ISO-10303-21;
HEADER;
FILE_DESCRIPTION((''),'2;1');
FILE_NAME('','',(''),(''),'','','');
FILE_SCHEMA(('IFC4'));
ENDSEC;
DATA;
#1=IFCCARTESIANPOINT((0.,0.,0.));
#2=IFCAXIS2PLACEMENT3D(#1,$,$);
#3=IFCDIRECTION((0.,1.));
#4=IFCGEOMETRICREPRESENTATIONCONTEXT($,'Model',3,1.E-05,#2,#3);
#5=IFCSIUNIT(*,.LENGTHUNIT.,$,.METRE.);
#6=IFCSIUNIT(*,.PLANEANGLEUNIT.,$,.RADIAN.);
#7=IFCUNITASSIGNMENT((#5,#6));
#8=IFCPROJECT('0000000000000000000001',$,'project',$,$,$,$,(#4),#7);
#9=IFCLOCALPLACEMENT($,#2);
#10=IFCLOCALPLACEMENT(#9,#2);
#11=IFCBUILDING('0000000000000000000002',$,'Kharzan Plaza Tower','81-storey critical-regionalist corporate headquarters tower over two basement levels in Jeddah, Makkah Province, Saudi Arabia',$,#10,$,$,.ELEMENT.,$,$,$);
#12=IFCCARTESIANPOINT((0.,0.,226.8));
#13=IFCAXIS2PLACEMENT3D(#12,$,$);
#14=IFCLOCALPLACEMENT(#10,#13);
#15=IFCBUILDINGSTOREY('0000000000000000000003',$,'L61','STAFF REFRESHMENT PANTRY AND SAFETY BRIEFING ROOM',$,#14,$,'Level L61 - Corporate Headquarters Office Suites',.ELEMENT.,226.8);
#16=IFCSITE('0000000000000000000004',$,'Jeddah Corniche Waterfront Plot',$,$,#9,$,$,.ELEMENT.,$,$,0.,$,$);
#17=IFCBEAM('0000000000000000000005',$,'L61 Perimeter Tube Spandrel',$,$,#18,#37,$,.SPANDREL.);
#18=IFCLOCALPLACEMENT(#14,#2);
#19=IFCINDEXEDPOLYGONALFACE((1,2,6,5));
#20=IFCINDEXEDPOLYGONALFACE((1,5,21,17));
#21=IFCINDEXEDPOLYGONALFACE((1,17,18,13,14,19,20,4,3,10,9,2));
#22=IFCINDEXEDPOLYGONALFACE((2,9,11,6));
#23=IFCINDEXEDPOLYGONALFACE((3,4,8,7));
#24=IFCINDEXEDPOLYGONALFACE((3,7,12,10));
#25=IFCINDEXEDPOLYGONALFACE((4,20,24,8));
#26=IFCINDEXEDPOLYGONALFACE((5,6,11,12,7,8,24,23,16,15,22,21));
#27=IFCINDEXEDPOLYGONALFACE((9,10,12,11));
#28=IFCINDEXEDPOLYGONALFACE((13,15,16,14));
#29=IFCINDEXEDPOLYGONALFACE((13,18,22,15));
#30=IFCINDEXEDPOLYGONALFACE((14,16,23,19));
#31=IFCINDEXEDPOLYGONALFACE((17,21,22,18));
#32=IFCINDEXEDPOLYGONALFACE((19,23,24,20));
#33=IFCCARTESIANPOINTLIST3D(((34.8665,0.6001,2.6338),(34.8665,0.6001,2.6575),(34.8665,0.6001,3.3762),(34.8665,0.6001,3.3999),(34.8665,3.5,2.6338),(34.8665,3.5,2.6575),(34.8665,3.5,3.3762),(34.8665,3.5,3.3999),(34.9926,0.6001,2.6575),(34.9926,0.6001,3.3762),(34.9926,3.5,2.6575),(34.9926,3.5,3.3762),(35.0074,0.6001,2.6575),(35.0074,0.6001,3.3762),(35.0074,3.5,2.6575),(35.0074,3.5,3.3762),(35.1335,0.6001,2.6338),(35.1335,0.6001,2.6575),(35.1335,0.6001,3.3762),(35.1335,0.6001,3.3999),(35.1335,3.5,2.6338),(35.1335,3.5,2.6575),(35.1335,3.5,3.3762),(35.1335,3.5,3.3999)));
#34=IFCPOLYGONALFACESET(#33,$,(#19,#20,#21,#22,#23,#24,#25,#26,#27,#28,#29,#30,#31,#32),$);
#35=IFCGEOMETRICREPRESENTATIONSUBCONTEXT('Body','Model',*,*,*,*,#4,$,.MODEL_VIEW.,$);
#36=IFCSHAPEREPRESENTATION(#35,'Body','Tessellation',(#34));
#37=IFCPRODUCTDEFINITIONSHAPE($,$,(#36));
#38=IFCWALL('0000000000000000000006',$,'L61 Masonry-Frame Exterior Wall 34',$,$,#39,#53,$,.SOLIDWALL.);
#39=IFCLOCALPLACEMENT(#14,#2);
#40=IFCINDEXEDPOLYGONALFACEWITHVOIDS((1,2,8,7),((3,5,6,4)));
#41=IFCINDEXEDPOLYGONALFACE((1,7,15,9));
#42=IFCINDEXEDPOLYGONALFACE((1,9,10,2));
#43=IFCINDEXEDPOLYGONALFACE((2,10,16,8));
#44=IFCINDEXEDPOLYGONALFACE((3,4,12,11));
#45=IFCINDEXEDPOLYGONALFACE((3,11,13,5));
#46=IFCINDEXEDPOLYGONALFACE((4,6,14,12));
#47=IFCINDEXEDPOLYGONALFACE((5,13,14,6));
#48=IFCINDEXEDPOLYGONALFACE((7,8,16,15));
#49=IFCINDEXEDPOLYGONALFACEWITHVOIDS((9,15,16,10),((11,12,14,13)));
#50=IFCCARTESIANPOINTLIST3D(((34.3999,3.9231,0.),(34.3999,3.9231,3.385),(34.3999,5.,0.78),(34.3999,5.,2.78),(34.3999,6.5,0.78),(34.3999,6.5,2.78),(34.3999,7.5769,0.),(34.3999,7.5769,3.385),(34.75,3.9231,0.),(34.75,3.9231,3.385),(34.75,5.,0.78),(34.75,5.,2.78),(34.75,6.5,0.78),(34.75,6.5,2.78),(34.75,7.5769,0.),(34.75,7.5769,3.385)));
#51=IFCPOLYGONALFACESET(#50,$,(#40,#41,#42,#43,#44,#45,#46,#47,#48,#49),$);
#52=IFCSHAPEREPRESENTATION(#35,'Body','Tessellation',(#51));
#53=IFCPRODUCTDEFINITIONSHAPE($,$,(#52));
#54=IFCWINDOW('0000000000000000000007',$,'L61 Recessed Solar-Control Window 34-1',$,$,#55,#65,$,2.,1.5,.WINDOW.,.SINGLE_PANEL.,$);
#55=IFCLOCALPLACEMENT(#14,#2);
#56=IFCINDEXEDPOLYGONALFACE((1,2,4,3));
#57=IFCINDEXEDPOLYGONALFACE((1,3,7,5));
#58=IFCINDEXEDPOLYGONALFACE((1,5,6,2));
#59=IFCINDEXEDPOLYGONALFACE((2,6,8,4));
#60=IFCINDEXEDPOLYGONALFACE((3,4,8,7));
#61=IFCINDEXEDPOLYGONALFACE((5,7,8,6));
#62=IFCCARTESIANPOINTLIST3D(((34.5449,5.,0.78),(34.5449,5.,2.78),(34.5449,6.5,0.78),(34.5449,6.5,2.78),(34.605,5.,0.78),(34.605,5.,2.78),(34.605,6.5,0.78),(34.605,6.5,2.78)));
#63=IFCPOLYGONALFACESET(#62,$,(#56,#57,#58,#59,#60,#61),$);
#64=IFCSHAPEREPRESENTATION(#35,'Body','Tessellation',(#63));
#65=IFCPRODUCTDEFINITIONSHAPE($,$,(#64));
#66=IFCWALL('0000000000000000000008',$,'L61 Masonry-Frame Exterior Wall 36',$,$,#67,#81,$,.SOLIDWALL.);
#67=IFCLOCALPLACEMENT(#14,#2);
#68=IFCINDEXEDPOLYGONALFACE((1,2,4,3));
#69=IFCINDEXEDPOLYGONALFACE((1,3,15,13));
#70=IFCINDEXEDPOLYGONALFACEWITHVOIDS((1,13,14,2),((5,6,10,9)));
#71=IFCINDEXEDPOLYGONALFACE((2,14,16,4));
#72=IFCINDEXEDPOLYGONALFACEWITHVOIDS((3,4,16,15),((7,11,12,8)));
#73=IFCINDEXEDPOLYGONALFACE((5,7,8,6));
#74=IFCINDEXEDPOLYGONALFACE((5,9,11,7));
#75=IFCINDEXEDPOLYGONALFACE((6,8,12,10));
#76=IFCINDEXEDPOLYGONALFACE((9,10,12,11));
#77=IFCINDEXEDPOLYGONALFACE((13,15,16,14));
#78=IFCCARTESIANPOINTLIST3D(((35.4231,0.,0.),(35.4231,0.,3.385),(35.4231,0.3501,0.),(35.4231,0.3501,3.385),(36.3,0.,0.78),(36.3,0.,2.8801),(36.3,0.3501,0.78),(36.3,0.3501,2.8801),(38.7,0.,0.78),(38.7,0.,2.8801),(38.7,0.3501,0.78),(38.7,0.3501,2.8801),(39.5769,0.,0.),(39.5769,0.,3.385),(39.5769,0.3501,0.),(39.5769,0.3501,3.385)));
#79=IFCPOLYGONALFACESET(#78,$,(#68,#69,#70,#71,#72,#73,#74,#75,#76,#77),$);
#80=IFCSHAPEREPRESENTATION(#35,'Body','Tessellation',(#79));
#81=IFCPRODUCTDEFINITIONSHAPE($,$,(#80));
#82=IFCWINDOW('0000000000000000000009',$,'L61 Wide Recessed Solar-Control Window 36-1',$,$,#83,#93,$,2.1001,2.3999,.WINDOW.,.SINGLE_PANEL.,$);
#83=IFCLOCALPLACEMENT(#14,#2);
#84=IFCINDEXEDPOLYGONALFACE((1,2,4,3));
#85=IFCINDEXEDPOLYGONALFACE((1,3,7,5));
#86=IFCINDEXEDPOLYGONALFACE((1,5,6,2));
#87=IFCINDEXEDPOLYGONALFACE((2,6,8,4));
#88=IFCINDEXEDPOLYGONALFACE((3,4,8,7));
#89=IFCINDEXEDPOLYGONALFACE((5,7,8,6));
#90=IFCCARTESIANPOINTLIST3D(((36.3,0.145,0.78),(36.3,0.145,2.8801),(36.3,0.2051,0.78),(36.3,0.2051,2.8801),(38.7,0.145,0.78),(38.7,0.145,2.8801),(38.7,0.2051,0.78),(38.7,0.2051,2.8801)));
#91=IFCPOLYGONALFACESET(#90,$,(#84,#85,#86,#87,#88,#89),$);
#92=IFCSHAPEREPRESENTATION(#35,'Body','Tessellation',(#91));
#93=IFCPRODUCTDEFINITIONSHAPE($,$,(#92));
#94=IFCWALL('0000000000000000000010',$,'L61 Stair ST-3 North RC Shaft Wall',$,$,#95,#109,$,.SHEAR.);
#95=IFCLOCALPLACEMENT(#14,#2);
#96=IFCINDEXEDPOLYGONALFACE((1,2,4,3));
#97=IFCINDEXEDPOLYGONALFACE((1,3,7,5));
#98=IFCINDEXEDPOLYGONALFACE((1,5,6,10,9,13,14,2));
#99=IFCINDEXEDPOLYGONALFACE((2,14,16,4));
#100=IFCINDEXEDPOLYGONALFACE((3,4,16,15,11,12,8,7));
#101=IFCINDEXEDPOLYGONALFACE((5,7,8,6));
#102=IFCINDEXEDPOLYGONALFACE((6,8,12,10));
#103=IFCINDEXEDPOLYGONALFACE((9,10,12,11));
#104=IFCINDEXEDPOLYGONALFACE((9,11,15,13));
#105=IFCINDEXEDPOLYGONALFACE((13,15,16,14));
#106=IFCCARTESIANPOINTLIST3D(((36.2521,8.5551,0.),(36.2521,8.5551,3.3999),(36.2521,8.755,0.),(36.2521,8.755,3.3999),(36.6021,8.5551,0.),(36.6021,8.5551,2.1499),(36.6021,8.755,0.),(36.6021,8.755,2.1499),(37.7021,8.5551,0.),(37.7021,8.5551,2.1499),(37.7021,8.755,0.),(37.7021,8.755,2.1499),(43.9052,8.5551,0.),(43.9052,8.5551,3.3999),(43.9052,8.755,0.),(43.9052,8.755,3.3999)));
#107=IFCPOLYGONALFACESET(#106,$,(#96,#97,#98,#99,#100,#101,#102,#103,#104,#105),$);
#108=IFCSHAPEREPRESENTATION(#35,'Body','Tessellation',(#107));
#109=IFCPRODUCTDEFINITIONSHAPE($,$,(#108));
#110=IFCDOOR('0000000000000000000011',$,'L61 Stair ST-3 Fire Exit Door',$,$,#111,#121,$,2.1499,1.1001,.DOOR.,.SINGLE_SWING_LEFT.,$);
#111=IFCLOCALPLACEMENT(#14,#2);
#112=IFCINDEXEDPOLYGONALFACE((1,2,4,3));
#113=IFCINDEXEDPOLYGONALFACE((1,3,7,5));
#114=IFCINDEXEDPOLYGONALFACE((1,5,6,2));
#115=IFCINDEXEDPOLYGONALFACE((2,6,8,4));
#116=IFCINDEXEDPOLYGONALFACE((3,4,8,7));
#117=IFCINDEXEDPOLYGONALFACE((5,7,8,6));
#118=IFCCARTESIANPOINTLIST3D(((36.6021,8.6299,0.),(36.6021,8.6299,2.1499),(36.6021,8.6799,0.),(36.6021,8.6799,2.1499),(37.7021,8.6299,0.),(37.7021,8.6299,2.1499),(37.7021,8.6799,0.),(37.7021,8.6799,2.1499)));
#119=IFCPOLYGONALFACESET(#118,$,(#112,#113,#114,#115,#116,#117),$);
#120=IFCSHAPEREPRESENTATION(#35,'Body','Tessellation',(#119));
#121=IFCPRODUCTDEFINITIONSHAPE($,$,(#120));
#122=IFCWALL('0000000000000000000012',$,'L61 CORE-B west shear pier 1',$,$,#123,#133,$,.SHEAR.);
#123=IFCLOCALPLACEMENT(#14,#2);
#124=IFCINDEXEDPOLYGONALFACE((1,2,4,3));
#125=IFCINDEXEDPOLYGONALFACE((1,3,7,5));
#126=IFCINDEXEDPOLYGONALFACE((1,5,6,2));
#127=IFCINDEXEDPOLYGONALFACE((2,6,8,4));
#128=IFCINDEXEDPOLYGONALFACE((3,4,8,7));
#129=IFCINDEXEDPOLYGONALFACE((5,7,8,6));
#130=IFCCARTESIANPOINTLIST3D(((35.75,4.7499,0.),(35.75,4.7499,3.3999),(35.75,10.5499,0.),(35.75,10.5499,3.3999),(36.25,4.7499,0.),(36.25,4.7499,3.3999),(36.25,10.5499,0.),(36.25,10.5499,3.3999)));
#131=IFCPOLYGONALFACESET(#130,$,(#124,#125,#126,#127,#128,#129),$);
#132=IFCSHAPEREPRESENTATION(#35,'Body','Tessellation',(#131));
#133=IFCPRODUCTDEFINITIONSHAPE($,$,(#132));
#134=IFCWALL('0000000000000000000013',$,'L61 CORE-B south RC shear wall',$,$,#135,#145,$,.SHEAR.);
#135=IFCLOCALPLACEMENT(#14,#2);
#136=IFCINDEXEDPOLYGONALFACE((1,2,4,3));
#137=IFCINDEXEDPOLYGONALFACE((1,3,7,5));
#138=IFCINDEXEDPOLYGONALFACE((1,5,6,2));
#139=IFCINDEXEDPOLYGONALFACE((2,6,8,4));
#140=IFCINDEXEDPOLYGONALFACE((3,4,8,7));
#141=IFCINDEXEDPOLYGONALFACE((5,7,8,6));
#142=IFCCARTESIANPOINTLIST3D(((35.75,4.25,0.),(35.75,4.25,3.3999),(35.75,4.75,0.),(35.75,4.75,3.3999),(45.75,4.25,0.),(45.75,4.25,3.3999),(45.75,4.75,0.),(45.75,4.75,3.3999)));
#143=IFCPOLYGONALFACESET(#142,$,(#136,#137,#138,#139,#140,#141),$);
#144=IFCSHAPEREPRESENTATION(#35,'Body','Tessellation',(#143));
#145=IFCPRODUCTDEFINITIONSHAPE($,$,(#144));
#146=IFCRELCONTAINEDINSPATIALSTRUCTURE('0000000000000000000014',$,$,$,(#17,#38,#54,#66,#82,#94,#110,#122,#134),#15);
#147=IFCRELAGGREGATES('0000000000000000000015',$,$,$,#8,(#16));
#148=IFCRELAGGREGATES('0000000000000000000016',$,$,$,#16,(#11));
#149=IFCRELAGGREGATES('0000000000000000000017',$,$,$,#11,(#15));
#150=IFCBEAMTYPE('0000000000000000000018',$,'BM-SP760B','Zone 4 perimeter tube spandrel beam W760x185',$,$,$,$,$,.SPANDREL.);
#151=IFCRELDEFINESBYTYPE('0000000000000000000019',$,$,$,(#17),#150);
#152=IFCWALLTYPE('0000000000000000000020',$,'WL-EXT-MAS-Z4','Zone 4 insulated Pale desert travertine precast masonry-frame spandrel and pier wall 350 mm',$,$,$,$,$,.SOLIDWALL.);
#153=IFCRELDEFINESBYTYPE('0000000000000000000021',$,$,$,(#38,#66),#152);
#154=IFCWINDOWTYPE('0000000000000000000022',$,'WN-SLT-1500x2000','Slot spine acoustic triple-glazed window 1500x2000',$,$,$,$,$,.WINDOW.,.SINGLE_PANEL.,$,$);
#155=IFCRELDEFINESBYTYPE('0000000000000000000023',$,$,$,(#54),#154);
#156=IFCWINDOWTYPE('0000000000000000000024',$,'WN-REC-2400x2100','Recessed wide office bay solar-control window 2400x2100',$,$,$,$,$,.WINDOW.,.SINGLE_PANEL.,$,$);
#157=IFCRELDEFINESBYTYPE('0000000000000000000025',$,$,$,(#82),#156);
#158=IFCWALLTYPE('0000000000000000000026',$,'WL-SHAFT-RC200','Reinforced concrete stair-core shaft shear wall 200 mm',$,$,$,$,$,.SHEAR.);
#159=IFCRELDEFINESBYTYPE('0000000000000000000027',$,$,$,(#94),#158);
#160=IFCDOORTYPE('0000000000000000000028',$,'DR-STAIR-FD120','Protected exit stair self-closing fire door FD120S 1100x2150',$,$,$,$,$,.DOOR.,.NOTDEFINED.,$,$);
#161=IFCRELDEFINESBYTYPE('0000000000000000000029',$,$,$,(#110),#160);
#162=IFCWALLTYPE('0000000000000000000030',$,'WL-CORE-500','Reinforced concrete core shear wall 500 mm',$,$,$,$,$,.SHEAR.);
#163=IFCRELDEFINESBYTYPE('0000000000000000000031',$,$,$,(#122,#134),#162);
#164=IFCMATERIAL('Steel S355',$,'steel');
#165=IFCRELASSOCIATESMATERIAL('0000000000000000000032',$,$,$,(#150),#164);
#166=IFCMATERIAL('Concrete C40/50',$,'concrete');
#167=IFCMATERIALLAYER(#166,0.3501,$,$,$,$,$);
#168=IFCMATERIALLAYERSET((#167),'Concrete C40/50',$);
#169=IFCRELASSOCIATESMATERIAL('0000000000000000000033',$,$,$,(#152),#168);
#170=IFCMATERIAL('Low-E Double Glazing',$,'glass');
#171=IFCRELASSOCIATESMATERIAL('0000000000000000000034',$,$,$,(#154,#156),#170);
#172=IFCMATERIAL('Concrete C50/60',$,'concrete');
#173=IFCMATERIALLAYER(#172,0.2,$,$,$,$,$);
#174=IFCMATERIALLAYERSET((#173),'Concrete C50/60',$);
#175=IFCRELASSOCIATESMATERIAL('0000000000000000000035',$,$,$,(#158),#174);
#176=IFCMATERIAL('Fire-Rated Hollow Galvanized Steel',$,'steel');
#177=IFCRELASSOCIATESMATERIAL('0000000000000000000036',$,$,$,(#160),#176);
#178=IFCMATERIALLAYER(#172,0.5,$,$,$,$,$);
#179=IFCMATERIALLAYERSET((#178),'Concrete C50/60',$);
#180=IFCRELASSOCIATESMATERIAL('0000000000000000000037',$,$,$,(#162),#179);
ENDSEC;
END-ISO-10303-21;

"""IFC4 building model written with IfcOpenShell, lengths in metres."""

from ifc_helpers import new_model, si_unit, direction, frame, frame_2d, origin, origin_2d, place, context, subcontext, project, spatial, rectangle, i_section, extrude, source, transform, mapped, material, layer, layer_set, material_profile, profile_set, type_object, element, fill, save


model = new_model("IFC4")

# Units and contexts
model_context = context("Model", 3, precision=1e-05, world=origin(), true_north=direction((0.0, 1.0)))
body_context = subcontext(model_context, "Body", "Model", "MODEL_VIEW")
ifc_project = project(units=[si_unit("LENGTHUNIT", "METRE"), si_unit("PLANEANGLEUNIT", "RADIAN")], contexts=[model_context])

# Site, building, storey
site_placement = place(None, origin())
site = spatial("IfcSite", under=ifc_project, at=site_placement, Name="Jeddah Corniche Waterfront Plot", CompositionType="ELEMENT", RefElevation=0.0)
building_placement = place(site_placement, origin())
building = spatial("IfcBuilding", under=site, at=building_placement, Name="Kharzan Plaza Tower", Description="81-storey critical-regionalist corporate headquarters tower over two basement levels in Jeddah, Makkah Province, Saudi Arabia", CompositionType="ELEMENT")
storey_placement = place(building_placement, frame((0.0, 0.0, 226.8)))
storey = spatial("IfcBuildingStorey", under=building, at=storey_placement, Name="L61", Description="STAFF REFRESHMENT PANTRY AND SAFETY BRIEFING ROOM", LongName="Level L61 - Corporate Headquarters Office Suites", CompositionType="ELEMENT", Elevation=226.8)

# Shared definitions
ifc_material_1 = material(Name="Concrete C50/60", Category="concrete")

# Beam
ifc_material_2 = material(Name="Steel S355", Category="steel")
ifc_material_profile_1 = material_profile(ifc_material_2, i_section(OverallWidth=0.2671, OverallDepth=0.7661, WebThickness=0.0149, FlangeThickness=0.0237, at=origin_2d()), Name="W760x185")
ifc_profile_set_1 = profile_set([ifc_material_profile_1], Name="Steel S355")
beam_type_1 = type_object("IfcBeamType", Name="BM-SP760B", Description="Zone 4 perimeter tube spandrel beam W760x185", PredefinedType="SPANDREL", material=ifc_profile_set_1)
shared_shape_1 = source(origin(), body_context, "Body", "SweptSolid", [
    extrude(i_section(OverallWidth=0.2671, OverallDepth=0.7661, WebThickness=0.0149, FlangeThickness=0.0237, at=origin_2d()), origin(), (0.0, 0.0, 1.0), 2.8999),
])
beam_1_placement = place(storey_placement, frame((35.0, 0.6001, 3.0168), z_axis=(0.0, 1.0, 0.0), x_axis=(-1.0, 0.0, 0.0)))
element("IfcBeam", 1, at=beam_1_placement, inside=storey, type_object=beam_type_1, Name="L61 Perimeter Tube Spandrel", PredefinedType="SPANDREL", context=body_context, shape_type="MappedRepresentation", body=[
    mapped(shared_shape_1, transform((0.0, 0.0, 0.0), x_axis=(1.0, 0.0, 0.0), y_axis=(0.0, 1.0, 0.0), z_axis=(0.0, 0.0, 1.0))),
])

# Walls, openings, windows
ifc_material_3 = material(Name="Concrete C40/50", Category="concrete")
ifc_layer_1 = layer(ifc_material_3, 0.3501)
ifc_layer_set_1 = layer_set([ifc_layer_1], Name="Concrete C40/50")
wall_type_1 = type_object("IfcWallType", Name="WL-EXT-MAS-Z4", Description="Zone 4 insulated Pale desert travertine precast masonry-frame spandrel and pier wall 350 mm", PredefinedType="SOLIDWALL", material=ifc_layer_set_1)
wall_1_placement = place(storey_placement, frame((34.575, 7.5769, 0.0), z_axis=(0.0, 0.0, 1.0), x_axis=(0.0, -1.0, 0.0)))
wall_1 = element("IfcWall", 2, at=wall_1_placement, inside=storey, type_object=wall_type_1, Name="L61 Masonry-Frame Exterior Wall 34", PredefinedType="SOLIDWALL", context=body_context, shape_type="SweptSolid", body=[
    extrude(rectangle(XDim=3.6538, YDim=0.3501, at=frame_2d((1.8269, 0.0))), origin(), (0.0, 0.0, 1.0), 3.385),
])
opening_1_placement = place(wall_1_placement, frame((1.0769, 0.0, 0.78)))
opening_1 = element("IfcOpeningElement", 3, at=opening_1_placement, cuts=wall_1, PredefinedType="OPENING", context=body_context, shape_type="SweptSolid", body=[
    extrude(rectangle(XDim=1.5, YDim=2.0, at=frame_2d((0.75, 1.0))), frame((0.0, 0.1851, 0.0), z_axis=(0.0, -1.0, 0.0), x_axis=(1.0, 0.0, 0.0)), (0.0, 0.0, 1.0), 0.3701),
])
ifc_material_4 = material(Name="Low-E Double Glazing", Category="glass")
window_type_1 = type_object("IfcWindowType", Name="WN-SLT-1500x2000", Description="Slot spine acoustic triple-glazed window 1500x2000", PartitioningType="SINGLE_PANEL", PredefinedType="WINDOW", material=ifc_material_4)
shared_shape_2 = source(origin(), body_context, "Body", "SweptSolid", [
    extrude(rectangle(XDim=1.5, YDim=2.0, at=frame_2d((0.75, 1.0))), frame((0.0, 0.03, 0.0), z_axis=(0.0, -1.0, 0.0), x_axis=(1.0, 0.0, 0.0)), (0.0, 0.0, 1.0), 0.0601),
])
window_1_placement = place(opening_1_placement, origin())
window_1 = element("IfcWindow", 4, at=window_1_placement, inside=storey, type_object=window_type_1, Name="L61 Recessed Solar-Control Window 34-1", OverallHeight=2.0, OverallWidth=1.5, PartitioningType="SINGLE_PANEL", PredefinedType="WINDOW", context=body_context, shape_type="MappedRepresentation", body=[
    mapped(shared_shape_2, transform((0.0, 0.0, 0.0), x_axis=(1.0, 0.0, 0.0), y_axis=(0.0, 1.0, 0.0), z_axis=(0.0, 0.0, 1.0))),
])
fill(opening_1, window_1)
wall_2_placement = place(storey_placement, frame((35.4231, 0.175, 0.0), z_axis=(0.0, 0.0, 1.0), x_axis=(1.0, 0.0, 0.0)))
wall_2 = element("IfcWall", 5, at=wall_2_placement, inside=storey, type_object=wall_type_1, Name="L61 Masonry-Frame Exterior Wall 36", PredefinedType="SOLIDWALL", context=body_context, shape_type="SweptSolid", body=[
    extrude(rectangle(XDim=4.1538, YDim=0.3501, at=frame_2d((2.0769, 0.0))), origin(), (0.0, 0.0, 1.0), 3.385),
])
opening_2_placement = place(wall_2_placement, frame((0.877, 0.0, 0.78)))
opening_2 = element("IfcOpeningElement", 6, at=opening_2_placement, cuts=wall_2, PredefinedType="OPENING", context=body_context, shape_type="SweptSolid", body=[
    extrude(rectangle(XDim=2.3999, YDim=2.1001, at=frame_2d((1.2, 1.05))), frame((0.0, 0.1851, 0.0), z_axis=(0.0, -1.0, 0.0), x_axis=(1.0, 0.0, 0.0)), (0.0, 0.0, 1.0), 0.3701),
])
window_type_2 = type_object("IfcWindowType", Name="WN-REC-2400x2100", Description="Recessed wide office bay solar-control window 2400x2100", PartitioningType="SINGLE_PANEL", PredefinedType="WINDOW", material=ifc_material_4)
shared_shape_3 = source(origin(), body_context, "Body", "SweptSolid", [
    extrude(rectangle(XDim=2.3999, YDim=2.1001, at=frame_2d((1.2, 1.05))), frame((0.0, 0.03, 0.0), z_axis=(0.0, -1.0, 0.0), x_axis=(1.0, 0.0, 0.0)), (0.0, 0.0, 1.0), 0.0601),
])
window_2_placement = place(opening_2_placement, origin())
window_2 = element("IfcWindow", 7, at=window_2_placement, inside=storey, type_object=window_type_2, Name="L61 Wide Recessed Solar-Control Window 36-1", OverallHeight=2.1001, OverallWidth=2.3999, PartitioningType="SINGLE_PANEL", PredefinedType="WINDOW", context=body_context, shape_type="MappedRepresentation", body=[
    mapped(shared_shape_3, transform((0.0, 0.0, 0.0), x_axis=(1.0, 0.0, 0.0), y_axis=(0.0, 1.0, 0.0), z_axis=(0.0, 0.0, 1.0))),
])
fill(opening_2, window_2)

# Wall, opening, door
ifc_layer_2 = layer(ifc_material_1, 0.2)
ifc_layer_set_2 = layer_set([ifc_layer_2], Name="Concrete C50/60")
wall_type_2 = type_object("IfcWallType", Name="WL-SHAFT-RC200", Description="Reinforced concrete stair-core shaft shear wall 200 mm", PredefinedType="SHEAR", material=ifc_layer_set_2)
wall_3_placement = place(storey_placement, frame((36.252, 8.655, 0.0), z_axis=(0.0, 0.0, 1.0), x_axis=(1.0, 0.0, 0.0)))
wall_3 = element("IfcWall", 8, at=wall_3_placement, inside=storey, type_object=wall_type_2, Name="L61 Stair ST-3 North RC Shaft Wall", PredefinedType="SHEAR", context=body_context, shape_type="SweptSolid", body=[
    extrude(rectangle(XDim=7.6531, YDim=0.2, at=frame_2d((3.8267, 0.0))), origin(), (0.0, 0.0, 1.0), 3.3999),
])
opening_3_placement = place(wall_3_placement, frame((0.3501, 0.0, 0.0)))
opening_3 = element("IfcOpeningElement", 9, at=opening_3_placement, cuts=wall_3, PredefinedType="OPENING", context=body_context, shape_type="SweptSolid", body=[
    extrude(rectangle(XDim=1.1001, YDim=2.1499, at=frame_2d((0.55, 1.075))), frame((0.0, 0.1099, 0.0), z_axis=(0.0, -1.0, 0.0), x_axis=(1.0, 0.0, 0.0)), (0.0, 0.0, 1.0), 0.22),
])
ifc_material_5 = material(Name="Fire-Rated Hollow Galvanized Steel", Category="steel")
door_type = type_object("IfcDoorType", Name="DR-STAIR-FD120", Description="Protected exit stair self-closing fire door FD120S 1100x2150", OperationType="NOTDEFINED", PredefinedType="DOOR", material=ifc_material_5)
shared_shape_4 = source(origin(), body_context, "Body", "SweptSolid", [
    extrude(rectangle(XDim=1.1001, YDim=2.1499, at=frame_2d((0.55, 1.075))), frame((0.0, 0.0249, 0.0), z_axis=(0.0, -1.0, 0.0), x_axis=(1.0, 0.0, 0.0)), (0.0, 0.0, 1.0), 0.05),
])
door_placement = place(opening_3_placement, origin())
door = element("IfcDoor", 10, at=door_placement, inside=storey, type_object=door_type, Name="L61 Stair ST-3 Fire Exit Door", OperationType="SINGLE_SWING_LEFT", OverallHeight=2.1499, OverallWidth=1.1001, PredefinedType="DOOR", context=body_context, shape_type="MappedRepresentation", body=[
    mapped(shared_shape_4, transform((0.0, 0.0, 0.0), x_axis=(1.0, 0.0, 0.0), y_axis=(0.0, 1.0, 0.0), z_axis=(0.0, 0.0, 1.0))),
])
fill(opening_3, door)

# Walls
ifc_layer_3 = layer(ifc_material_1, 0.5)
ifc_layer_set_3 = layer_set([ifc_layer_3], Name="Concrete C50/60")
wall_type_3 = type_object("IfcWallType", Name="WL-CORE-500", Description="Reinforced concrete core shear wall 500 mm", PredefinedType="SHEAR", material=ifc_layer_set_3)
shared_shape_5 = source(origin(), body_context, "Body", "SweptSolid", [
    extrude(rectangle(XDim=5.8, YDim=0.5, at=frame_2d((2.8999, 0.0))), origin(), (0.0, 0.0, 1.0), 3.3999),
])
wall_4_placement = place(storey_placement, frame((36.0, 4.75, 0.0), z_axis=(0.0, 0.0, 1.0), x_axis=(0.0, 1.0, 0.0)))
element("IfcWall", 11, at=wall_4_placement, inside=storey, type_object=wall_type_3, Name="L61 CORE-B west shear pier 1", PredefinedType="SHEAR", context=body_context, shape_type="MappedRepresentation", body=[
    mapped(shared_shape_5, transform((0.0, 0.0, 0.0), x_axis=(1.0, 0.0, 0.0), y_axis=(0.0, 1.0, 0.0), z_axis=(0.0, 0.0, 1.0))),
])
shared_shape_6 = source(origin(), body_context, "Body", "SweptSolid", [
    extrude(rectangle(XDim=10.0, YDim=0.5, at=frame_2d((5.0, 0.0))), origin(), (0.0, 0.0, 1.0), 3.3999),
])
wall_5_placement = place(storey_placement, frame((35.75, 4.5, 0.0), z_axis=(0.0, 0.0, 1.0), x_axis=(1.0, 0.0, 0.0)))
element("IfcWall", 12, at=wall_5_placement, inside=storey, type_object=wall_type_3, Name="L61 CORE-B south RC shear wall", PredefinedType="SHEAR", context=body_context, shape_type="MappedRepresentation", body=[
    mapped(shared_shape_6, transform((0.0, 0.0, 0.0), x_axis=(1.0, 0.0, 0.0), y_axis=(0.0, 1.0, 0.0), z_axis=(0.0, 0.0, 1.0))),
])

save(model, "model.ifc")
